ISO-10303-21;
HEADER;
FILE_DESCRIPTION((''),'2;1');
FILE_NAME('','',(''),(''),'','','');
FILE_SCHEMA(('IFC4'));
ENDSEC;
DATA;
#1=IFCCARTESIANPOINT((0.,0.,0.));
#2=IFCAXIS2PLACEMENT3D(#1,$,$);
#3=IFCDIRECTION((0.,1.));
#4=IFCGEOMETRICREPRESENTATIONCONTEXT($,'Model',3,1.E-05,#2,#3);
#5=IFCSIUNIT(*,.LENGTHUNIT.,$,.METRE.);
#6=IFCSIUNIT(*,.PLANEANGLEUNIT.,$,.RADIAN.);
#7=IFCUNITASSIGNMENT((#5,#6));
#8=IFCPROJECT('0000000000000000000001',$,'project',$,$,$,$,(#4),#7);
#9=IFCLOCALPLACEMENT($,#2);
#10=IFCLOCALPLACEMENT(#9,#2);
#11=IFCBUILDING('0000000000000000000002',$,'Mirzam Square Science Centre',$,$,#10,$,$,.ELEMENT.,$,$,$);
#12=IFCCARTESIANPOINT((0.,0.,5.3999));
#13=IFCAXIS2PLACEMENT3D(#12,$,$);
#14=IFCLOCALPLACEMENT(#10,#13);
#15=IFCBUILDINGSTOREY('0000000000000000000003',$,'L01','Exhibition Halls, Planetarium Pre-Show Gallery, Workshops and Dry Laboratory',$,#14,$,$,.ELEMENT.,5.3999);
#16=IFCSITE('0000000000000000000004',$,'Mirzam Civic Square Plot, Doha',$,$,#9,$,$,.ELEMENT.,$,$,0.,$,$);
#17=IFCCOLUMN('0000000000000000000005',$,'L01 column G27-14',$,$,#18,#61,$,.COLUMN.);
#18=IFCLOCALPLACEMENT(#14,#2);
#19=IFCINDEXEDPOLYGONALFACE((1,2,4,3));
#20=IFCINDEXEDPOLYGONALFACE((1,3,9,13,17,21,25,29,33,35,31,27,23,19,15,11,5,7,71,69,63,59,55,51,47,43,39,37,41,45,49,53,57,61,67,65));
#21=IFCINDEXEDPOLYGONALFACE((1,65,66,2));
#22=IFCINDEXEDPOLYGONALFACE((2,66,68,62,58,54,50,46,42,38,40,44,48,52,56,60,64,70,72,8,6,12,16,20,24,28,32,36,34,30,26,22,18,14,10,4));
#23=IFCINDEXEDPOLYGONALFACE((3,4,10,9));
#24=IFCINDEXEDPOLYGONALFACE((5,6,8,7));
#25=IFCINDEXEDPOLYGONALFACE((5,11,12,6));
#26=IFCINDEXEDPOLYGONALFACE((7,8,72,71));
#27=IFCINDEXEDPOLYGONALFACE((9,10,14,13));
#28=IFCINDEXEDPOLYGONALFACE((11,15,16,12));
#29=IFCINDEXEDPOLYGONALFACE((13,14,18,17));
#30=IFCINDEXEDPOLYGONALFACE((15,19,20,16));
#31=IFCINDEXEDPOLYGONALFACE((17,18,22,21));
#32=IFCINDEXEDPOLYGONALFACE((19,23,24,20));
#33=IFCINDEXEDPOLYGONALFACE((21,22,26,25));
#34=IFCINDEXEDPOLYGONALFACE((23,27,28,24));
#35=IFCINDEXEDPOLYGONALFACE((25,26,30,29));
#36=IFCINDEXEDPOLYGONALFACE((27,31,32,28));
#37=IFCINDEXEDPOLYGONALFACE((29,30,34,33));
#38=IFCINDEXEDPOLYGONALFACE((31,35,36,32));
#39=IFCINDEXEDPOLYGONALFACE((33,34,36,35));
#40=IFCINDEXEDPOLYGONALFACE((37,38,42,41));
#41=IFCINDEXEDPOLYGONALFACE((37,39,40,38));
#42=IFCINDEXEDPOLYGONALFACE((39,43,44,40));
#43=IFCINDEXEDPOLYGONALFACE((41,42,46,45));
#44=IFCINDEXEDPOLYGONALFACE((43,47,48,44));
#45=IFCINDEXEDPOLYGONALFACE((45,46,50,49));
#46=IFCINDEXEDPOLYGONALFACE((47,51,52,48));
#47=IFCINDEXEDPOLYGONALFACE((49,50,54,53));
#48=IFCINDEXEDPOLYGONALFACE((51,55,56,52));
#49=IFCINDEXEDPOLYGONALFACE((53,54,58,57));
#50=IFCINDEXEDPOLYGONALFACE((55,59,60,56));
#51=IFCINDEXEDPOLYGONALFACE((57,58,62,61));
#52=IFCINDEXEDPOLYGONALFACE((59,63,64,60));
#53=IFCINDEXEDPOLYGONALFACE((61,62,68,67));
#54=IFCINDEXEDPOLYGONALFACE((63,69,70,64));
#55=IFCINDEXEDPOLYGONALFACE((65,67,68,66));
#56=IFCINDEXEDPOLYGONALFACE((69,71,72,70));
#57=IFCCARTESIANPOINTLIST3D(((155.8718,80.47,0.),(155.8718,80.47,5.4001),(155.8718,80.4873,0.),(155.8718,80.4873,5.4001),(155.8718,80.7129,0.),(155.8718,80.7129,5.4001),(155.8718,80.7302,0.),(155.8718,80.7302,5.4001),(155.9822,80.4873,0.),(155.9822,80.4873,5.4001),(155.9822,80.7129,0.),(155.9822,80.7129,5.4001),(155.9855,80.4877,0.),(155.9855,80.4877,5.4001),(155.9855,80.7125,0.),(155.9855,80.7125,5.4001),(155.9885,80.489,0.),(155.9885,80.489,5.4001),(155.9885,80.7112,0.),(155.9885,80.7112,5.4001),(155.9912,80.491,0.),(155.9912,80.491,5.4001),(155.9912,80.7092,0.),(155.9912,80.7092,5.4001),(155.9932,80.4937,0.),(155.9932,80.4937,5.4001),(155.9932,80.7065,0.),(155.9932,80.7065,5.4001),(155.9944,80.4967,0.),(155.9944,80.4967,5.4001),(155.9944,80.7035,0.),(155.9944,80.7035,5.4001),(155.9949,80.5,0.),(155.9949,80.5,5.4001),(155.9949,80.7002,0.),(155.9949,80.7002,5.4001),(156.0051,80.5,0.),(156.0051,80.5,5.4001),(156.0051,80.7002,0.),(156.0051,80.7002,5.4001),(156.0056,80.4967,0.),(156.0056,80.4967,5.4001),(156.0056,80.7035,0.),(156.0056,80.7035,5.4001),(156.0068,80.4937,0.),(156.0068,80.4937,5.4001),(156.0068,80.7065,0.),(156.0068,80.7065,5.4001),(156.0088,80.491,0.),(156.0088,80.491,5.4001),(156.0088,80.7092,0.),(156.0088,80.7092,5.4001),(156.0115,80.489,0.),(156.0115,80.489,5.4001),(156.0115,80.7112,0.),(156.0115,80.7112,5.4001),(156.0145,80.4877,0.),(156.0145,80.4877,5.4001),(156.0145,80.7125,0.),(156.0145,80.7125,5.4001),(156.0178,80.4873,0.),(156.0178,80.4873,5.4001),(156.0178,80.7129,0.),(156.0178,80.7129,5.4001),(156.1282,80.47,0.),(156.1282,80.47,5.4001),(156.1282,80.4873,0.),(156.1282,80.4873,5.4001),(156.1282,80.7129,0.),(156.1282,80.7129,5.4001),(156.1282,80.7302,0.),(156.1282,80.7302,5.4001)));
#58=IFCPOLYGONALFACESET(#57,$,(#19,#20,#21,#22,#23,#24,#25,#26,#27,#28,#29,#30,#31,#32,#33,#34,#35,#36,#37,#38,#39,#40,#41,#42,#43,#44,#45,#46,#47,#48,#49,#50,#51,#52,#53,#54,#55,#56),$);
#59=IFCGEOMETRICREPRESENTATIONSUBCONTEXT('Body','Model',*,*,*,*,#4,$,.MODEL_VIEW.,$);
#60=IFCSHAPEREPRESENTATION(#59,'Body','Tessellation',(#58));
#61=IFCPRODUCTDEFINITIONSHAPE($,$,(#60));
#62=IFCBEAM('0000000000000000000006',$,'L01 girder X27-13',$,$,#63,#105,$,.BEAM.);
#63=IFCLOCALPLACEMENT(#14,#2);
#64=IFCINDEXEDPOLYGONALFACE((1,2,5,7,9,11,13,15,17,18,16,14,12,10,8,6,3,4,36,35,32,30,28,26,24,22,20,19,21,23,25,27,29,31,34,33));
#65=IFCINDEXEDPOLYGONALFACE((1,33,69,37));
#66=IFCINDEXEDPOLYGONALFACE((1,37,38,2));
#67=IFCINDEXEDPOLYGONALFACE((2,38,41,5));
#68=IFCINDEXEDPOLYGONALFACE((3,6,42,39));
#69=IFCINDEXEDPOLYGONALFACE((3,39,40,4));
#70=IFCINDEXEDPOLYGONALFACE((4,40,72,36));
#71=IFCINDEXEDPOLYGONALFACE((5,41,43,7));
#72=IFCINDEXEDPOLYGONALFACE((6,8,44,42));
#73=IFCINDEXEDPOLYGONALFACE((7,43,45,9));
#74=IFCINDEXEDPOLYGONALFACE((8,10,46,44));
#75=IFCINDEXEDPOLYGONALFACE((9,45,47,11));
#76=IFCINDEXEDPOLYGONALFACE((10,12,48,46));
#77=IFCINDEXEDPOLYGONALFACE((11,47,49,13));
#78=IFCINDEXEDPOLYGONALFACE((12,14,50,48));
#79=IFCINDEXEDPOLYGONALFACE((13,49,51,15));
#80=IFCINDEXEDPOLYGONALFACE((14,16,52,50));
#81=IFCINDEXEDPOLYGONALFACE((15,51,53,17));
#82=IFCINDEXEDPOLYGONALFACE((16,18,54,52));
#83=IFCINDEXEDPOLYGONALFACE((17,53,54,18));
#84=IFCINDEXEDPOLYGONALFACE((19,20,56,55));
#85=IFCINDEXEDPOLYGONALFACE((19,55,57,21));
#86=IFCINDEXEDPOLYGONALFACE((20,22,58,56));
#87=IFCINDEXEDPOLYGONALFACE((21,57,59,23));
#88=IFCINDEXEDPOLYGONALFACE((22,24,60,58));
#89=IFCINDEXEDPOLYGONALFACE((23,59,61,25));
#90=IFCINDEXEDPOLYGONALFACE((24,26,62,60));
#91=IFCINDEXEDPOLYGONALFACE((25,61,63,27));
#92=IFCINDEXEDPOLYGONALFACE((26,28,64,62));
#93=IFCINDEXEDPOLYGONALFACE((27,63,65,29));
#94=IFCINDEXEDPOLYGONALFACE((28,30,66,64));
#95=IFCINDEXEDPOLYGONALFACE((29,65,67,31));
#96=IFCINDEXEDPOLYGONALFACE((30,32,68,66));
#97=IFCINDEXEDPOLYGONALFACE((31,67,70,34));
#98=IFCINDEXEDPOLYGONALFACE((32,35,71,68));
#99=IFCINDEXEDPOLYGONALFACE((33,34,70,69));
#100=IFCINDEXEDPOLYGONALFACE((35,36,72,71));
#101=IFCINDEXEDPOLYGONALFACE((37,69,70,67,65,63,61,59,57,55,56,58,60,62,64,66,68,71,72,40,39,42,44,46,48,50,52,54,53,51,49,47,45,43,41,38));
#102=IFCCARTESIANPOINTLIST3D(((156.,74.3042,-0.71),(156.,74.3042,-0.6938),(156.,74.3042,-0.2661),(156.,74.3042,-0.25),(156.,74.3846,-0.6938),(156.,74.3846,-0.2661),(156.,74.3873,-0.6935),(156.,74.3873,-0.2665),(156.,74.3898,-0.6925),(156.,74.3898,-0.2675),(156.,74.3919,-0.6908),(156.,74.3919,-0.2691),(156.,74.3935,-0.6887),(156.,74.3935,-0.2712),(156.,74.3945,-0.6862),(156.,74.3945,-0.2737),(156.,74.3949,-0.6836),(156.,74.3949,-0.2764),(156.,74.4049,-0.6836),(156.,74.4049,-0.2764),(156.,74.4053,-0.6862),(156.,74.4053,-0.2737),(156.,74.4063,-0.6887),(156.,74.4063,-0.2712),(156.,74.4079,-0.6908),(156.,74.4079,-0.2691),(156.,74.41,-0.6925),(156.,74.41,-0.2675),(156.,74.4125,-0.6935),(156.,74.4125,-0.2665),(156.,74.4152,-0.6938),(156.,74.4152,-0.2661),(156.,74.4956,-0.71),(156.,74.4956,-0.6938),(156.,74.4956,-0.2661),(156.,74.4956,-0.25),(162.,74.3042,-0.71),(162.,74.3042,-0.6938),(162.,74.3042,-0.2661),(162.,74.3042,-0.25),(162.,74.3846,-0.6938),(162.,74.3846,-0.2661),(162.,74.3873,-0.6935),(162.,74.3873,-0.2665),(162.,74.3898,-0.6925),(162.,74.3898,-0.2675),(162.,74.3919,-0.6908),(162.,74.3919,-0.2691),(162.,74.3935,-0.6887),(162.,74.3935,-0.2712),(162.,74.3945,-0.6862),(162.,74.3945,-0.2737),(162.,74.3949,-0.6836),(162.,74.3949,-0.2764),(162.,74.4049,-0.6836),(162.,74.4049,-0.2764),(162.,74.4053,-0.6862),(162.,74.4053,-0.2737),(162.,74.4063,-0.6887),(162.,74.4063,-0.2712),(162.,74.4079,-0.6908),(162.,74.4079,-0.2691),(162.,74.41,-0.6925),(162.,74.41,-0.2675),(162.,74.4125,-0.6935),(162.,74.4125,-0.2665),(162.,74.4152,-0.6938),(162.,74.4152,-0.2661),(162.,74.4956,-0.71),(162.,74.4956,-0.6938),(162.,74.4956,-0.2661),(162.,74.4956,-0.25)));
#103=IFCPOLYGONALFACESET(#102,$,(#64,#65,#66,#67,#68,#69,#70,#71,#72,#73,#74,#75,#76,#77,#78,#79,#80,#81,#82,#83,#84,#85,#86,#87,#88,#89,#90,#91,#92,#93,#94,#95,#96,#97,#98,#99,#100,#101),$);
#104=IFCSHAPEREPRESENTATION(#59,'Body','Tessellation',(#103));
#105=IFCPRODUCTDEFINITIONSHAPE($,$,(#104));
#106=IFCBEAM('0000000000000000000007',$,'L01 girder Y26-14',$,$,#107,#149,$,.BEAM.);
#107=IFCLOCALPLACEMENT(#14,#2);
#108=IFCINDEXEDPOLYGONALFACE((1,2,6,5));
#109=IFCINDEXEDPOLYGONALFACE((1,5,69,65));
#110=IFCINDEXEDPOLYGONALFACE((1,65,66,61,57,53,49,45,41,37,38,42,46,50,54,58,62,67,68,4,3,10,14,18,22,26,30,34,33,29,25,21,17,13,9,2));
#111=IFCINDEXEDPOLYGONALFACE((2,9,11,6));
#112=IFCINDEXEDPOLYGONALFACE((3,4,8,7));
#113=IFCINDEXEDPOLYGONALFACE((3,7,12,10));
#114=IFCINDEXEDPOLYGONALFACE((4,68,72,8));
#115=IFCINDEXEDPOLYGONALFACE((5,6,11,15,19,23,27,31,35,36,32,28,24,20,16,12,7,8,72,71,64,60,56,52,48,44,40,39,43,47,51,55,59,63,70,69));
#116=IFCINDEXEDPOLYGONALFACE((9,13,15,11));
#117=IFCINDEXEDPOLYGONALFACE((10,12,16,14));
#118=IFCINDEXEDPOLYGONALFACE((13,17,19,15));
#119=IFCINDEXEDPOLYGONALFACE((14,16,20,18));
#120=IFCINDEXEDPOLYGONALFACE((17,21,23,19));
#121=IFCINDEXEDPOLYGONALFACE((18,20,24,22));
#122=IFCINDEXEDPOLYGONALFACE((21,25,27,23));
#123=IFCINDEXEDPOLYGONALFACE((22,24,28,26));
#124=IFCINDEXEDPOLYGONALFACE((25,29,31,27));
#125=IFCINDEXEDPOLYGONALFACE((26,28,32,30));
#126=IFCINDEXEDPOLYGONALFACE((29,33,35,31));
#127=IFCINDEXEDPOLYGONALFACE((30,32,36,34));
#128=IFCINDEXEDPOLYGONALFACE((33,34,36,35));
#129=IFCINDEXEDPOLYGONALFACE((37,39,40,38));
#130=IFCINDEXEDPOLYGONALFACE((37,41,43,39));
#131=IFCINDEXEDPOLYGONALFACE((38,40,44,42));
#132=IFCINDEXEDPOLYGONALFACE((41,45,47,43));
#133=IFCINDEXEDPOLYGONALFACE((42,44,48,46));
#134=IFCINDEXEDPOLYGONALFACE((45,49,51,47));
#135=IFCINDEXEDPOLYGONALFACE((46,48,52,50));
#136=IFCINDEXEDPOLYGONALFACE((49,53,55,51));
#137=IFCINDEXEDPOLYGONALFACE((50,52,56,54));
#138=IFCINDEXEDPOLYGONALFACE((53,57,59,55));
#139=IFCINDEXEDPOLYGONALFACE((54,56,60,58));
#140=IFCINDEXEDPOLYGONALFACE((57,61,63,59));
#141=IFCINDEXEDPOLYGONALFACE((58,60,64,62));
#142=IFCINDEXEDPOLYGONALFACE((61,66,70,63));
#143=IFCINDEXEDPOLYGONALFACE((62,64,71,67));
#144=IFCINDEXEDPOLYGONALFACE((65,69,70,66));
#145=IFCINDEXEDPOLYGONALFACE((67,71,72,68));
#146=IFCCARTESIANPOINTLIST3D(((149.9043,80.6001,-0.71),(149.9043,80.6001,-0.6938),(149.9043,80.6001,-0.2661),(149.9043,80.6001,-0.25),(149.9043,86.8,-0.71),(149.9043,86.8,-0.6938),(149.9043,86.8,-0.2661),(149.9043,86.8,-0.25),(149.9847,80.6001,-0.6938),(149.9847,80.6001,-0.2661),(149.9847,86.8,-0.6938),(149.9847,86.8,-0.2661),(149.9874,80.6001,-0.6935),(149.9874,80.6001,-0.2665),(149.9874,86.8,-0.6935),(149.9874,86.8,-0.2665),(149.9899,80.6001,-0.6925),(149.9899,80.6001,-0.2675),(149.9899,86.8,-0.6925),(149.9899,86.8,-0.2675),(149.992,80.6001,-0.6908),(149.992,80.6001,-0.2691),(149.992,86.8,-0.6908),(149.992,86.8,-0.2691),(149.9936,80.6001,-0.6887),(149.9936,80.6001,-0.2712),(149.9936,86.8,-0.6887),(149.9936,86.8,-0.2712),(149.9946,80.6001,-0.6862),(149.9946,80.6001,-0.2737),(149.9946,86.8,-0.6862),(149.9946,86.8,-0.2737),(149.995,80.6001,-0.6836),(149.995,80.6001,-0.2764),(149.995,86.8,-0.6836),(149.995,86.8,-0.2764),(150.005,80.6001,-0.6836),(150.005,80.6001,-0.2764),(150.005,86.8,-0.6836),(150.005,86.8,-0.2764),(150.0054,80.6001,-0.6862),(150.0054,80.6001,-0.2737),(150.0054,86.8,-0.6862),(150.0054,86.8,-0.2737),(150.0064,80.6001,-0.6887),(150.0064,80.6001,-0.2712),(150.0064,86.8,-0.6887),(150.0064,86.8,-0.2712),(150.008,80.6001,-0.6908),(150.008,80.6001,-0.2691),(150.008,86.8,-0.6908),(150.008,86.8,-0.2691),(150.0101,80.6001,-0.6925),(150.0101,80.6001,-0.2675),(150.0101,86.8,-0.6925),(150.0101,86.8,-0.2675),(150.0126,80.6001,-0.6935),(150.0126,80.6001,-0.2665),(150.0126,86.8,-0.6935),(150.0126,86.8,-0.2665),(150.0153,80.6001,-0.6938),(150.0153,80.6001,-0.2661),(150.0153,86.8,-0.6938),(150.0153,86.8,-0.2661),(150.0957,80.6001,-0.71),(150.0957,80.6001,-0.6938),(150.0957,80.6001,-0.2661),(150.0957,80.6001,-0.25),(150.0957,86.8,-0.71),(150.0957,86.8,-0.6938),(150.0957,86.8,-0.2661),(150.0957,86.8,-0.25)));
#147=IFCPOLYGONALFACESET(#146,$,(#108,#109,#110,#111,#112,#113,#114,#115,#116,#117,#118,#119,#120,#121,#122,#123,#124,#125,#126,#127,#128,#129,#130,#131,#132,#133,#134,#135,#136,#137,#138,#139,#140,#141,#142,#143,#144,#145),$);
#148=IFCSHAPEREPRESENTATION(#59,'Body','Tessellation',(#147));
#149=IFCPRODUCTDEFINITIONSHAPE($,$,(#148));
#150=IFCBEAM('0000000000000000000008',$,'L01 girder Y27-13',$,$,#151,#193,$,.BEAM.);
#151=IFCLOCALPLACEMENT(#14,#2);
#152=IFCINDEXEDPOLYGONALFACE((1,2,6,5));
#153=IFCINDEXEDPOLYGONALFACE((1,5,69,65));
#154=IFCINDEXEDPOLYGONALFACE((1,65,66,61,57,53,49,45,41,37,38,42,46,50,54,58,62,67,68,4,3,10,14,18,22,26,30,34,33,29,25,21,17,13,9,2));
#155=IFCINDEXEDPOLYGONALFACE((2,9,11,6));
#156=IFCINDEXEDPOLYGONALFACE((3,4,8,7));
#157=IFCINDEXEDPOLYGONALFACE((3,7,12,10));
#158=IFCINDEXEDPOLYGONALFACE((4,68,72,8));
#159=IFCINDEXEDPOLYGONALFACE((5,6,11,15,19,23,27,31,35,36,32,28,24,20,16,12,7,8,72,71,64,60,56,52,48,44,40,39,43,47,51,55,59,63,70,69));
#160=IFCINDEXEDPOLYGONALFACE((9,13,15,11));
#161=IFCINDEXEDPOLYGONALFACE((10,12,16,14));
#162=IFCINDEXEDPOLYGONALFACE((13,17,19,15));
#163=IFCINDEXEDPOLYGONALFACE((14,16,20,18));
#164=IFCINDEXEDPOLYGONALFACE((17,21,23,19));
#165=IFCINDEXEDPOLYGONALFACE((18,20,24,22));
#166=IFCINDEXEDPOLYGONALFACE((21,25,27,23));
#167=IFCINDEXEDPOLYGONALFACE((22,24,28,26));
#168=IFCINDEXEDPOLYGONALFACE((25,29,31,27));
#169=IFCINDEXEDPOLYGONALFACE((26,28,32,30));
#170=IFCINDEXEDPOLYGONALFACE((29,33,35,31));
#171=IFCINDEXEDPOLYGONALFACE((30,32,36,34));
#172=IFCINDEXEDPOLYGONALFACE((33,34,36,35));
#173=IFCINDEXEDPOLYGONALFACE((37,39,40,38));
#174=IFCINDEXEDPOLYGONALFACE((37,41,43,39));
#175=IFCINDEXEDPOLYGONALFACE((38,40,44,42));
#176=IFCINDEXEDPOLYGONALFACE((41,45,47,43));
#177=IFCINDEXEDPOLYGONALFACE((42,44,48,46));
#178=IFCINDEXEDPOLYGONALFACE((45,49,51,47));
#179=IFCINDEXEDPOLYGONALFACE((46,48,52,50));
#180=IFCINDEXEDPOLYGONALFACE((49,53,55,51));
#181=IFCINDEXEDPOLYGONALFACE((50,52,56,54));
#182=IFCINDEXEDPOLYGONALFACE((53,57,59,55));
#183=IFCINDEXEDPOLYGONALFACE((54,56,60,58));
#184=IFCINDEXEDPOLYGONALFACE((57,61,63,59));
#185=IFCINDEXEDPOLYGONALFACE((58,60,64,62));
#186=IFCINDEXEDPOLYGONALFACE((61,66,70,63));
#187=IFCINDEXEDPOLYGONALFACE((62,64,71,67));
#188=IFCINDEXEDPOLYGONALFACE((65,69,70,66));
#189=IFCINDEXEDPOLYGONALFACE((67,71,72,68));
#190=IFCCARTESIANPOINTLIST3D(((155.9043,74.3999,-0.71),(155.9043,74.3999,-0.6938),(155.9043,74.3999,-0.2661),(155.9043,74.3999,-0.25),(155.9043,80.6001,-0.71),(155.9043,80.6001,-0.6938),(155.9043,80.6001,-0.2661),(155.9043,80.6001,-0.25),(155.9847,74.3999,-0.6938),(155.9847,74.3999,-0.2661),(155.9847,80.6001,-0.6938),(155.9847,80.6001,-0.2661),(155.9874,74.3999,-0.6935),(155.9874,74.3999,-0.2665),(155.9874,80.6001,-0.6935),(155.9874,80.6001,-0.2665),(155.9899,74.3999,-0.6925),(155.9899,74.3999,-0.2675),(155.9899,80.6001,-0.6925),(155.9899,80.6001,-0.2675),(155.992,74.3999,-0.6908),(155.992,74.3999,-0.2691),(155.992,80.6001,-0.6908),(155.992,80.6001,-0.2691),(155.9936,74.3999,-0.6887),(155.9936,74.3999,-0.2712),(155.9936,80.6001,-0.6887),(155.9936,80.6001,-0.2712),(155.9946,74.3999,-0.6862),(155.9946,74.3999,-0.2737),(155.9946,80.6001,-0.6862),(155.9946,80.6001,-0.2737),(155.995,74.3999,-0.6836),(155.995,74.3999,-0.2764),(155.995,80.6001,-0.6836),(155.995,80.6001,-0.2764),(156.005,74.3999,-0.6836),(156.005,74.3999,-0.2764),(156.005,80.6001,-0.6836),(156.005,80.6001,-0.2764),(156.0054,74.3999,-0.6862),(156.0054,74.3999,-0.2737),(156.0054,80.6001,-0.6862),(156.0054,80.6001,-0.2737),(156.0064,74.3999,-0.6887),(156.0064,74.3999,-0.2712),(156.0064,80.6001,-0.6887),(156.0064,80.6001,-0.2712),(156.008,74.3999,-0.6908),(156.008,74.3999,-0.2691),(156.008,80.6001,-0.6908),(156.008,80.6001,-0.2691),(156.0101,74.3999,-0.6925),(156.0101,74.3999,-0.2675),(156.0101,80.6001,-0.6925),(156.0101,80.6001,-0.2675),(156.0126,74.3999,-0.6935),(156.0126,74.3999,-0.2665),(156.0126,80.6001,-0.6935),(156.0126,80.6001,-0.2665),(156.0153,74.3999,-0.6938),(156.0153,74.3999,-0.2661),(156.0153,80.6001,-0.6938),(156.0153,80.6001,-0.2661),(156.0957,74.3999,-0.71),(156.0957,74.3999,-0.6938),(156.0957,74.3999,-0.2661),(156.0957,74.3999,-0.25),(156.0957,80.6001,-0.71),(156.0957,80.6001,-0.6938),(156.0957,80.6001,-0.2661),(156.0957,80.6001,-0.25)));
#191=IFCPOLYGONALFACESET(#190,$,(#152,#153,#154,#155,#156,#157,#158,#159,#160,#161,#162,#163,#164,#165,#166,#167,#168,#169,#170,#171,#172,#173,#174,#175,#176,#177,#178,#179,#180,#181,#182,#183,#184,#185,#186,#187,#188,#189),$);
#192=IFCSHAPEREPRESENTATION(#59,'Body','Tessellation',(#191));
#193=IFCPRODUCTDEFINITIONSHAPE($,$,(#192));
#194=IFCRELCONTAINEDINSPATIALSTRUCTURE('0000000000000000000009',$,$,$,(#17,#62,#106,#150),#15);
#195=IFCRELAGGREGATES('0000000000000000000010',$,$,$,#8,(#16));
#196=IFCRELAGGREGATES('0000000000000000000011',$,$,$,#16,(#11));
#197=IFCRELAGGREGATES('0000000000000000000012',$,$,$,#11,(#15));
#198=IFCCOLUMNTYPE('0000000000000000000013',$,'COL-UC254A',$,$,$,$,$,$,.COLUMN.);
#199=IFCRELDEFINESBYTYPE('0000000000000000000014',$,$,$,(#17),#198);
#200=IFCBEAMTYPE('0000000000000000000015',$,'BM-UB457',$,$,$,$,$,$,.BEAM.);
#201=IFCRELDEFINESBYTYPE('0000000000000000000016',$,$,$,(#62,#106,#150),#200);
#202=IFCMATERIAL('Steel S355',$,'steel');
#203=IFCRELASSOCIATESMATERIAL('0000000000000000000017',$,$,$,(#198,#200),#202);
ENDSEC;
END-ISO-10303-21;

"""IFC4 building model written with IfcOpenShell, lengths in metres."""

from ifc_helpers import new_model, si_unit, direction, frame, origin, origin_2d, place, context, subcontext, project, spatial, i_section, extrude, material, material_profile, profile_set, type_object, element, save


model = new_model("IFC4")

# Units and contexts
model_context = context("Model", 3, precision=1e-05, world=origin(), true_north=direction((0.0, 1.0)))
body_context = subcontext(model_context, "Body", "Model", "MODEL_VIEW")
ifc_project = project(units=[si_unit("LENGTHUNIT", "METRE"), si_unit("PLANEANGLEUNIT", "RADIAN")], contexts=[model_context])

# Site, building, storey
site_placement = place(None, origin())
site = spatial("IfcSite", under=ifc_project, at=site_placement, Name="Mirzam Civic Square Plot, Doha", CompositionType="ELEMENT", RefElevation=0.0)
building_placement = place(site_placement, origin())
building = spatial("IfcBuilding", under=site, at=building_placement, Name="Mirzam Square Science Centre", CompositionType="ELEMENT")
storey_placement = place(building_placement, frame((0.0, 0.0, 5.3999)))
storey = spatial("IfcBuildingStorey", under=building, at=storey_placement, Name="L01", Description="Exhibition Halls, Planetarium Pre-Show Gallery, Workshops and Dry Laboratory", CompositionType="ELEMENT", Elevation=5.3999)

# Column
ifc_material_1 = material(Name="Steel S355", Category="steel")
ifc_material_profile_1 = material_profile(ifc_material_1, i_section(OverallWidth=0.2563, OverallDepth=0.2603, WebThickness=0.0103, FlangeThickness=0.0173, FilletRadius=0.0127, at=origin_2d()), Name="254x254x89UC")
ifc_profile_set_1 = profile_set([ifc_material_profile_1], Name="Steel S355")
column_type_1 = type_object("IfcColumnType", Name="COL-UC254A", PredefinedType="COLUMN", material=ifc_profile_set_1)
column_1_placement = place(storey_placement, frame((156.0, 80.6001, 0.0), z_axis=(0.0, 0.0, 1.0), x_axis=(1.0, 0.0, 0.0)))
element("IfcColumn", 1, at=column_1_placement, inside=storey, type_object=column_type_1, Name="L01 column G27-14", PredefinedType="COLUMN", context=body_context, shape_type="SweptSolid", body=[
    extrude(i_section(OverallWidth=0.2563, OverallDepth=0.2603, WebThickness=0.0103, FlangeThickness=0.0173, FilletRadius=0.0127, at=origin_2d()), origin(), (0.0, 0.0, 1.0), 5.4001),
])

# Beams
ifc_material_profile_2 = material_profile(ifc_material_1, i_section(OverallWidth=0.1914, OverallDepth=0.46, WebThickness=0.01, FlangeThickness=0.0161, FilletRadius=0.0103, at=origin_2d()), Name="457x191x82UB")
ifc_profile_set_2 = profile_set([ifc_material_profile_2], Name="Steel S355")
beam_type_1 = type_object("IfcBeamType", Name="BM-UB457", PredefinedType="BEAM", material=ifc_profile_set_2)
beam_1_placement = place(storey_placement, frame((156.0, 74.3999, -0.48), z_axis=(1.0, 0.0, 0.0), x_axis=(0.0, 1.0, 0.0)))
element("IfcBeam", 2, at=beam_1_placement, inside=storey, type_object=beam_type_1, Name="L01 girder X27-13", PredefinedType="BEAM", context=body_context, shape_type="SweptSolid", body=[
    extrude(i_section(OverallWidth=0.1914, OverallDepth=0.46, WebThickness=0.01, FlangeThickness=0.0161, FilletRadius=0.0103, at=origin_2d()), origin(), (0.0, 0.0, 1.0), 6.0),
])
beam_2_placement = place(storey_placement, frame((150.0, 80.6001, -0.48), z_axis=(0.0, 1.0, 0.0), x_axis=(-1.0, 0.0, 0.0)))
element("IfcBeam", 3, at=beam_2_placement, inside=storey, type_object=beam_type_1, Name="L01 girder Y26-14", PredefinedType="BEAM", context=body_context, shape_type="SweptSolid", body=[
    extrude(i_section(OverallWidth=0.1914, OverallDepth=0.46, WebThickness=0.01, FlangeThickness=0.0161, FilletRadius=0.0103, at=origin_2d()), origin(), (0.0, 0.0, 1.0), 6.2),
])
beam_3_placement = place(storey_placement, frame((156.0, 74.3999, -0.48), z_axis=(0.0, 1.0, 0.0), x_axis=(-1.0, 0.0, 0.0)))
element("IfcBeam", 4, at=beam_3_placement, inside=storey, type_object=beam_type_1, Name="L01 girder Y27-13", PredefinedType="BEAM", context=body_context, shape_type="SweptSolid", body=[
    extrude(i_section(OverallWidth=0.1914, OverallDepth=0.46, WebThickness=0.01, FlangeThickness=0.0161, FilletRadius=0.0103, at=origin_2d()), origin(), (0.0, 0.0, 1.0), 6.2002),
])

save(model, "model.ifc")
